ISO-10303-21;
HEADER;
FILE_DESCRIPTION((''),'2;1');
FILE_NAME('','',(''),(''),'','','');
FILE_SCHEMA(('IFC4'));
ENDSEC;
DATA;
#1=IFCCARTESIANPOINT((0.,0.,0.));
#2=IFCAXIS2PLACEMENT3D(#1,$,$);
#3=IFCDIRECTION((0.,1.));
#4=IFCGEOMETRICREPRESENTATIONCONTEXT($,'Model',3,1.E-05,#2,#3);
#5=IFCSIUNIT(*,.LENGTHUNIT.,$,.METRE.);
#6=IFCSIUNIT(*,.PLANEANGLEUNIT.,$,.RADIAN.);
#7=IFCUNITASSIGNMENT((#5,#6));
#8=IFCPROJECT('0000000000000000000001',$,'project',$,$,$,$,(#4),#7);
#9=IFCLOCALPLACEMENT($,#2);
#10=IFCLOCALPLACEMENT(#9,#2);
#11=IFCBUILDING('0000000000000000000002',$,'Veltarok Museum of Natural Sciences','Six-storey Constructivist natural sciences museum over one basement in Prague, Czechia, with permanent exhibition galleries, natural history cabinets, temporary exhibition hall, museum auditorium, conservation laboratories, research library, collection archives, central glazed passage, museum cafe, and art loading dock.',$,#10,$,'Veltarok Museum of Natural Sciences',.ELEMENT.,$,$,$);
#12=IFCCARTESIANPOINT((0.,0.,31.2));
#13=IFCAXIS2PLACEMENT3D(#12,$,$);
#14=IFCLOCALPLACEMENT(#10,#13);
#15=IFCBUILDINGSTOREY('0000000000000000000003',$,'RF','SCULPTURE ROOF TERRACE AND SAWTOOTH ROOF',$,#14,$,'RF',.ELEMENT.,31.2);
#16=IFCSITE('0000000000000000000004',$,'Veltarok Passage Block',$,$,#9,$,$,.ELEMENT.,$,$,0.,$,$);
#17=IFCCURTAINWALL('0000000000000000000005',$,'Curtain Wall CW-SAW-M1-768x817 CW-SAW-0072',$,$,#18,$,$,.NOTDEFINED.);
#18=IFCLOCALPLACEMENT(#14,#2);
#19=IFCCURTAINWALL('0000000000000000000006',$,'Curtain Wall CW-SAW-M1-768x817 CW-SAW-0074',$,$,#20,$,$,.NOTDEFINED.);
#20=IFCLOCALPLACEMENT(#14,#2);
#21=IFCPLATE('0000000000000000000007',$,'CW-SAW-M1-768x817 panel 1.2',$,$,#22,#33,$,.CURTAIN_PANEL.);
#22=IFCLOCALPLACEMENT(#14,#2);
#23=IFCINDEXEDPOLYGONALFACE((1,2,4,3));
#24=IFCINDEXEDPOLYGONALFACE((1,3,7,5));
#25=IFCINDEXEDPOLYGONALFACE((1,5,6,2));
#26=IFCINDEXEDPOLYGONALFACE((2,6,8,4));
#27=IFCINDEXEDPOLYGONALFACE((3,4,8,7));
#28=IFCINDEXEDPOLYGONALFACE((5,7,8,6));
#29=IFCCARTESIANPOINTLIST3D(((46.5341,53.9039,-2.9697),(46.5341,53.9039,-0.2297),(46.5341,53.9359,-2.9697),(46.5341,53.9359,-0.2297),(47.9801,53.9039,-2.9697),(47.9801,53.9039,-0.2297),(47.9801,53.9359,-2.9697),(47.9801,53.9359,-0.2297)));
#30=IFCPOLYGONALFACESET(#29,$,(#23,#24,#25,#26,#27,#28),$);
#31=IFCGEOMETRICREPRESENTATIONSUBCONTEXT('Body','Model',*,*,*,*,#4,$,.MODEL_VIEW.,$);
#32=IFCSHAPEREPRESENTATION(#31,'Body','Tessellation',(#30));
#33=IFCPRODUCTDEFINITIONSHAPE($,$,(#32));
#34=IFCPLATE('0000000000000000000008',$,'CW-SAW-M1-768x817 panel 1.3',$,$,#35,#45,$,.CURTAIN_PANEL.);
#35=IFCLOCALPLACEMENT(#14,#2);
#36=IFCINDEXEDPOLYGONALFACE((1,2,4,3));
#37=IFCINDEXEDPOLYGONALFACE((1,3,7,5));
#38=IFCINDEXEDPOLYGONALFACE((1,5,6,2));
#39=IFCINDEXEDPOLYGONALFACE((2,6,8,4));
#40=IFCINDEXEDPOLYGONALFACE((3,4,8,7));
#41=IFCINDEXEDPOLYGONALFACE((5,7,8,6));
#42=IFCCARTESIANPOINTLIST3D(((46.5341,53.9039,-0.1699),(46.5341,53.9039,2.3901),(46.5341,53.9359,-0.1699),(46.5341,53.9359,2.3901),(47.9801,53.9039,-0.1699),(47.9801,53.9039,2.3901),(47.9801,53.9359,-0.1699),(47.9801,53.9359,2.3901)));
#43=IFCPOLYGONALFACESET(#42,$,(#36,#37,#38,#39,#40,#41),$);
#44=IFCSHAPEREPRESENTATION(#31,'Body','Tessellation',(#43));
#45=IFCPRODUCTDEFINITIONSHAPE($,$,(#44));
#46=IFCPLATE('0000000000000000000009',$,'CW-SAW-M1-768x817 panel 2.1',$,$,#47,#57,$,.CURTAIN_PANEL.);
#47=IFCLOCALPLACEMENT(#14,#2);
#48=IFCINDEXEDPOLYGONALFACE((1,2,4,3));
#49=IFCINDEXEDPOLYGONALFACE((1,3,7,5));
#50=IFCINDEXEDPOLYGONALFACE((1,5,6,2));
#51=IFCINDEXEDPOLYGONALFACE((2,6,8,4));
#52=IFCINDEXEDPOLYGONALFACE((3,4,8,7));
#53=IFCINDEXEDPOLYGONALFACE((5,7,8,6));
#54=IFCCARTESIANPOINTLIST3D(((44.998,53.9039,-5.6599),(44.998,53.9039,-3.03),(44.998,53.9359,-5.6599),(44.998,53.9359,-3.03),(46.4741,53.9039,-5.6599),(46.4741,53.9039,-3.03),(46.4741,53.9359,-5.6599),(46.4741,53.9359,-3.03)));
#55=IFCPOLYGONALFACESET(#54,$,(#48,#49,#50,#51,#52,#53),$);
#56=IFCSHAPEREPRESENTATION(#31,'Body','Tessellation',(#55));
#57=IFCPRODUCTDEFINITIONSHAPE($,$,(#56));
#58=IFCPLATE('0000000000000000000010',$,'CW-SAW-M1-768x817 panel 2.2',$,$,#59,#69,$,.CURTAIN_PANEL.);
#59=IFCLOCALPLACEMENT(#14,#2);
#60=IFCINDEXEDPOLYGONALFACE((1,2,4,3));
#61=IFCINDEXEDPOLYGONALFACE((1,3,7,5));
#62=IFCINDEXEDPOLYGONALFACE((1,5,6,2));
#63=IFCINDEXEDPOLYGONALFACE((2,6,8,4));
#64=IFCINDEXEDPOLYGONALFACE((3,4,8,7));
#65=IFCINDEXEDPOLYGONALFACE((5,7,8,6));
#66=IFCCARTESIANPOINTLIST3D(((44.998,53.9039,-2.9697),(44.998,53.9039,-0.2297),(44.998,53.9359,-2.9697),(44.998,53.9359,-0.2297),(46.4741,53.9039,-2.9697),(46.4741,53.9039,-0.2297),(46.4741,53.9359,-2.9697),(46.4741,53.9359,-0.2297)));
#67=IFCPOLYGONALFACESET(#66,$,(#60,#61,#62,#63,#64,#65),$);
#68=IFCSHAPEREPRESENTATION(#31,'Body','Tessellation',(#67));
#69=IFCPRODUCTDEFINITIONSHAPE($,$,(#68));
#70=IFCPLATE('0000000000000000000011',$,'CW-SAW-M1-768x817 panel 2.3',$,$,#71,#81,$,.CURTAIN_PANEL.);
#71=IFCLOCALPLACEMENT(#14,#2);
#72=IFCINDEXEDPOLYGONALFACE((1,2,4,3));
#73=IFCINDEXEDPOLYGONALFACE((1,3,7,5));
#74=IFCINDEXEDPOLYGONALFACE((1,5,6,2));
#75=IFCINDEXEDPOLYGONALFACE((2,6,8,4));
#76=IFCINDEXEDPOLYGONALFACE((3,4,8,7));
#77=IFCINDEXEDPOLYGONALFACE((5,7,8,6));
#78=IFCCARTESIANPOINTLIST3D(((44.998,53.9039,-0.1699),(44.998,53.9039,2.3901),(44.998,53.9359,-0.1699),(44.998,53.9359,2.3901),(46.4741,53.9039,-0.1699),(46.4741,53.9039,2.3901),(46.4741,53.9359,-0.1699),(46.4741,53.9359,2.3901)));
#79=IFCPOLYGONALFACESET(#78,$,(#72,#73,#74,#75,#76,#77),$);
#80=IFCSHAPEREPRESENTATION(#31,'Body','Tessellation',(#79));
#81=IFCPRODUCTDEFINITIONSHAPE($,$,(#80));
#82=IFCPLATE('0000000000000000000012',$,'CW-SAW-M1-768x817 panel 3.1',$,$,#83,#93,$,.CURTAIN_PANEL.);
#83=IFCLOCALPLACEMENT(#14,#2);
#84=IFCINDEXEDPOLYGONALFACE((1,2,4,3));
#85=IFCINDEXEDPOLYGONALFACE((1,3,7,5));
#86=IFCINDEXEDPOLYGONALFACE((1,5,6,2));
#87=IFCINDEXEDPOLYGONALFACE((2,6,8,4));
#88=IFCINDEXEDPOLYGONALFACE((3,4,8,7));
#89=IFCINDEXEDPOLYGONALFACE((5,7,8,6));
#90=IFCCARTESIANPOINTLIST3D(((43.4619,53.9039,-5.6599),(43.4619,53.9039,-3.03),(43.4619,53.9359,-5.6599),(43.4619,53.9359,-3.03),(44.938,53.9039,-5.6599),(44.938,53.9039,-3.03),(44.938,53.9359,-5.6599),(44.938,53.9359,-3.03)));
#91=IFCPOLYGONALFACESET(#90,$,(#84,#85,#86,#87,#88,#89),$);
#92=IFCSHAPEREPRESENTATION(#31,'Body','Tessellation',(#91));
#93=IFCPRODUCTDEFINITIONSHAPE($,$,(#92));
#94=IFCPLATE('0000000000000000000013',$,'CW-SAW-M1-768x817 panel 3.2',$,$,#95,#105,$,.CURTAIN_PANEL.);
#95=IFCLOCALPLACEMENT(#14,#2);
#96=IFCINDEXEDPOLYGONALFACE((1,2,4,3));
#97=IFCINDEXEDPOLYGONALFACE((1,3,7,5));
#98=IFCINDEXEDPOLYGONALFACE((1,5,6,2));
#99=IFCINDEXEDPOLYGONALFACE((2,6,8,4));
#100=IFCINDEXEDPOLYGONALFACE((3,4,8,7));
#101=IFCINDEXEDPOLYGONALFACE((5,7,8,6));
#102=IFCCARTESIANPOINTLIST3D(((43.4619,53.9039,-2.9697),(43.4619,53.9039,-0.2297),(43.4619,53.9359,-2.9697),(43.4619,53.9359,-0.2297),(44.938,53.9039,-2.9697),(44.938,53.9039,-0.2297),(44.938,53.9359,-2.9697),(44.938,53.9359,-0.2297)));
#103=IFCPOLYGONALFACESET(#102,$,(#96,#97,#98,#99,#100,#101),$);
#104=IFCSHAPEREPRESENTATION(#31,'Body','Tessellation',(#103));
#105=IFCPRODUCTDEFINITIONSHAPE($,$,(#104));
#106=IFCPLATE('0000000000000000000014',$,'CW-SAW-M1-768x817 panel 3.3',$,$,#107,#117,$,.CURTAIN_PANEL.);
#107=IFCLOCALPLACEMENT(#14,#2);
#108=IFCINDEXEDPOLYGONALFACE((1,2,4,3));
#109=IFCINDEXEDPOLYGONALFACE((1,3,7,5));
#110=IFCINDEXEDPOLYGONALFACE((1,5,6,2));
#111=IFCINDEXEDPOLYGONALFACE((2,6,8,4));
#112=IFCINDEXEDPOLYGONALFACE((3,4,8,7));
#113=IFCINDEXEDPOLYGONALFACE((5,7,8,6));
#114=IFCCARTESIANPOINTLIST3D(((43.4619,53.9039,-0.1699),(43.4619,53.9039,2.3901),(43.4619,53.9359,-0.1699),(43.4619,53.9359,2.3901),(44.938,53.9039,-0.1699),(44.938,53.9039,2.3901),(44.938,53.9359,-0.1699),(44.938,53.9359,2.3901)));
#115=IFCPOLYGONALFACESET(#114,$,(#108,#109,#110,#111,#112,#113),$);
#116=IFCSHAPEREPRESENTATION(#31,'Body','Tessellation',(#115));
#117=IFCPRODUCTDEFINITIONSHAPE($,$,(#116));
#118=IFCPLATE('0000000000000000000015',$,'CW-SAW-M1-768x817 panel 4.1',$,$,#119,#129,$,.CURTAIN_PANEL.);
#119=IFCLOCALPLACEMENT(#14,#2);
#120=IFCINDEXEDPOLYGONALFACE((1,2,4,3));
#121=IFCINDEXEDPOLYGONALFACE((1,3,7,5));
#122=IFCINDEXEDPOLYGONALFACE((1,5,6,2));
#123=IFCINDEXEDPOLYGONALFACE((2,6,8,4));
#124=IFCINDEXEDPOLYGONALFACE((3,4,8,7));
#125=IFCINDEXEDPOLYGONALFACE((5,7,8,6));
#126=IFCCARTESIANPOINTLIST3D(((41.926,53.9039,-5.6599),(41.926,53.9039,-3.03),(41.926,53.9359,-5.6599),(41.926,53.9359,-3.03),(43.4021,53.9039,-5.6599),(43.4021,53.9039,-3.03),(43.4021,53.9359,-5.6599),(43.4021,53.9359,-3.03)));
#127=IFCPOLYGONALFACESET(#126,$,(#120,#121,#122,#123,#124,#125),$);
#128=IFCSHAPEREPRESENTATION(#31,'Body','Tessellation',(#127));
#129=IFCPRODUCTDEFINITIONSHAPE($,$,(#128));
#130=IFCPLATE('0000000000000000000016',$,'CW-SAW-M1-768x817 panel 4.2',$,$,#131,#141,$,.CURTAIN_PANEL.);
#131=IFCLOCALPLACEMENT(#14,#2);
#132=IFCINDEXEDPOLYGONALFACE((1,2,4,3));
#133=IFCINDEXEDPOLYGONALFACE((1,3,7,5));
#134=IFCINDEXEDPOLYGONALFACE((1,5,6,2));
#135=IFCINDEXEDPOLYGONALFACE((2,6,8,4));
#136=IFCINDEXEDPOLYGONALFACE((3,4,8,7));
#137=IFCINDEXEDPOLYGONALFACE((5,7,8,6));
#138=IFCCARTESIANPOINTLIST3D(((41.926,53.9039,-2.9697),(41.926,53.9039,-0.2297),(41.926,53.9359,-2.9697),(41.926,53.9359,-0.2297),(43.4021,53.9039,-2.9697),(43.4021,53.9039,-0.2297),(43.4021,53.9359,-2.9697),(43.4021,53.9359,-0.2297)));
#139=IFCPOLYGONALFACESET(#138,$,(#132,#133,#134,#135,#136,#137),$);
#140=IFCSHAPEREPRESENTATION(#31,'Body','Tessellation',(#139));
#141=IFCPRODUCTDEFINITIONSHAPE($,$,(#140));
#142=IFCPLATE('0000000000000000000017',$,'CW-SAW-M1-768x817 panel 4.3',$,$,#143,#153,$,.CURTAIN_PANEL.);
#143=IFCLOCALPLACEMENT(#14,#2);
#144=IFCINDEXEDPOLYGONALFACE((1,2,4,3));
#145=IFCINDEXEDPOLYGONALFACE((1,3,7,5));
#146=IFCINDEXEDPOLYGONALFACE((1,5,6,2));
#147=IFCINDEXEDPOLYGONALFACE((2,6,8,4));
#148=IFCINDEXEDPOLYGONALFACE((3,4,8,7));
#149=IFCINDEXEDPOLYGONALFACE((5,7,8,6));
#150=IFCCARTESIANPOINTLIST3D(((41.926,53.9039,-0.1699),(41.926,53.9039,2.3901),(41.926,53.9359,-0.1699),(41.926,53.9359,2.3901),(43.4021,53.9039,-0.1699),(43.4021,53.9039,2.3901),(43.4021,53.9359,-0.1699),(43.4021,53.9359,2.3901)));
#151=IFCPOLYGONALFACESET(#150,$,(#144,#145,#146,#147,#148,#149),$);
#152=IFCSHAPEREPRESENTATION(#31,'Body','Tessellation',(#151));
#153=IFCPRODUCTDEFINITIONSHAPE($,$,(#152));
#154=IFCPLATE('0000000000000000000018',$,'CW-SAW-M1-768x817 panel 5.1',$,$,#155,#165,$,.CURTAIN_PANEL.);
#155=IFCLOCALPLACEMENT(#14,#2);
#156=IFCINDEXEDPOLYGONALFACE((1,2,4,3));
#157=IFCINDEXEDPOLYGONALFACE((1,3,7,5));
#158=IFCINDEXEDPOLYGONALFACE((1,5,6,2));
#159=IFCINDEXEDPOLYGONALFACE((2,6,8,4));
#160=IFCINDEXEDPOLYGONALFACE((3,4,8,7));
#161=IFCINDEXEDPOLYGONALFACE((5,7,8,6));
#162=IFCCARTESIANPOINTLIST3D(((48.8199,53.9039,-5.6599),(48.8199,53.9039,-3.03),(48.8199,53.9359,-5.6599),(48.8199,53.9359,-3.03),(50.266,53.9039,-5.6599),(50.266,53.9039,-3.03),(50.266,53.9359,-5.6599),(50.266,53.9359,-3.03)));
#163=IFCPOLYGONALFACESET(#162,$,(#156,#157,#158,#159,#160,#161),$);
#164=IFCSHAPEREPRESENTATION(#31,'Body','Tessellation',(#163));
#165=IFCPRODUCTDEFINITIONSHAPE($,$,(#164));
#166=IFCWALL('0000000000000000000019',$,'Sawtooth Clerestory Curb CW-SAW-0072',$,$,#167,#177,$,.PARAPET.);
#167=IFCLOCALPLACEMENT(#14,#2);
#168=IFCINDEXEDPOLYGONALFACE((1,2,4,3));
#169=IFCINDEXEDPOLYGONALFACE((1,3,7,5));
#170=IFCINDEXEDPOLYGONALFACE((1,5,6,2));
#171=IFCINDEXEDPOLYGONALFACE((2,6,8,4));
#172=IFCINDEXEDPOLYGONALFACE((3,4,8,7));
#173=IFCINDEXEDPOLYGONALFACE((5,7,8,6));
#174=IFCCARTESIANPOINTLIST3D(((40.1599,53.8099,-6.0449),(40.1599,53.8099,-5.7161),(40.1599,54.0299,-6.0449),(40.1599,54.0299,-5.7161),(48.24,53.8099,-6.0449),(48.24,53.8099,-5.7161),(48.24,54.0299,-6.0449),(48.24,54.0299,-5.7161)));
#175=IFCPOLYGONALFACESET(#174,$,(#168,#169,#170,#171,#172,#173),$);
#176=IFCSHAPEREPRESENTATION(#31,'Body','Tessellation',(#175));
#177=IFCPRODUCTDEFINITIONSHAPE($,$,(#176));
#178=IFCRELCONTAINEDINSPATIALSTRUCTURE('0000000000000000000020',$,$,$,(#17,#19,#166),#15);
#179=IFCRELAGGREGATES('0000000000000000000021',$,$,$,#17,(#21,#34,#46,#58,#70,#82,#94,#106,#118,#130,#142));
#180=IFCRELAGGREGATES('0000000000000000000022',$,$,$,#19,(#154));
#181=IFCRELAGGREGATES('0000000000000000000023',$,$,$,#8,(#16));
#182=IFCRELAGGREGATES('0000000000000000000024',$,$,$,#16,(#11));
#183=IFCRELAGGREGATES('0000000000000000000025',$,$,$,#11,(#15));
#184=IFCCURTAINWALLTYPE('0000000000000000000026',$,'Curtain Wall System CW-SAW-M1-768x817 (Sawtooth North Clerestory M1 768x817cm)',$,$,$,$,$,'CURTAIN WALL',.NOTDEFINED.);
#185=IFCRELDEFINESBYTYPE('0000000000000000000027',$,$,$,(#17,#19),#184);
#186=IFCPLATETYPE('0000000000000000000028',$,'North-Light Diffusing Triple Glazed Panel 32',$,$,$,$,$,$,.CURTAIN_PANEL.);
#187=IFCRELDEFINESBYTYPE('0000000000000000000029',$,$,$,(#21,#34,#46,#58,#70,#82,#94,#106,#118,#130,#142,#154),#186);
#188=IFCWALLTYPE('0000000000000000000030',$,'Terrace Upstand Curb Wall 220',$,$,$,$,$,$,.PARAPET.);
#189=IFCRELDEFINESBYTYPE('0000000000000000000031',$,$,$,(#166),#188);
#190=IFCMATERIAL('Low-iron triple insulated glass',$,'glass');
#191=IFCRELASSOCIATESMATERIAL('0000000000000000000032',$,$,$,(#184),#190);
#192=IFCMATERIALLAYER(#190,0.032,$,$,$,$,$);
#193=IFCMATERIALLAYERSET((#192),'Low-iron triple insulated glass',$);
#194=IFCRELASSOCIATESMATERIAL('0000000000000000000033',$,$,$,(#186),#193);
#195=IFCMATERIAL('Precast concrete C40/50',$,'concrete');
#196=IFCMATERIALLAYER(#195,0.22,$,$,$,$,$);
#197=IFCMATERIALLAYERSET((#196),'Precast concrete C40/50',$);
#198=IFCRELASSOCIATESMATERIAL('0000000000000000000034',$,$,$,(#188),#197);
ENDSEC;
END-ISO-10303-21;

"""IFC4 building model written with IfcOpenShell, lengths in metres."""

from ifc_helpers import new_model, si_unit, direction, frame, frame_2d, origin, origin_2d, place, context, subcontext, project, spatial, rectangle, extrude, material, layer, layer_set, type_object, element, aggregate, save


model = new_model("IFC4")

# Units and contexts
model_context = context("Model", 3, precision=1e-05, world=origin(), true_north=direction((0.0, 1.0)))
body_context = subcontext(model_context, "Body", "Model", "MODEL_VIEW")
ifc_project = project(units=[si_unit("LENGTHUNIT", "METRE"), si_unit("PLANEANGLEUNIT", "RADIAN")], contexts=[model_context])

# Site, building, storey
site_placement = place(None, origin())
site = spatial("IfcSite", under=ifc_project, at=site_placement, Name="Veltarok Passage Block", CompositionType="ELEMENT", RefElevation=0.0)
building_placement = place(site_placement, origin())
building = spatial("IfcBuilding", under=site, at=building_placement, Name="Veltarok Museum of Natural Sciences", Description="Six-storey Constructivist natural sciences museum over one basement in Prague, Czechia, with permanent exhibition galleries, natural history cabinets, temporary exhibition hall, museum auditorium, conservation laboratories, research library, collection archives, central glazed passage, museum cafe, and art loading dock.", LongName="Veltarok Museum of Natural Sciences", CompositionType="ELEMENT")
storey_placement = place(building_placement, frame((0.0, 0.0, 31.2)))
storey = spatial("IfcBuildingStorey", under=building, at=storey_placement, Name="RF", Description="SCULPTURE ROOF TERRACE AND SAWTOOTH ROOF", LongName="RF", CompositionType="ELEMENT", Elevation=31.2)

# Curtain wall
ifc_material_1 = material(Name="Low-iron triple insulated glass", Category="glass")
curtain_wall_type = type_object("IfcCurtainWallType", Name="Curtain Wall System CW-SAW-M1-768x817 (Sawtooth North Clerestory M1 768x817cm)", ElementType="CURTAIN WALL", PredefinedType="NOTDEFINED", material=ifc_material_1)
curtain_wall_1_placement = place(storey_placement, origin())
curtain_wall_1 = element("IfcCurtainWall", 1, at=curtain_wall_1_placement, inside=storey, type_object=curtain_wall_type, Name="Curtain Wall CW-SAW-M1-768x817 CW-SAW-0072", PredefinedType="NOTDEFINED")

# Curtain wall
curtain_wall_2_placement = place(storey_placement, origin())
curtain_wall_2 = element("IfcCurtainWall", 2, at=curtain_wall_2_placement, inside=storey, type_object=curtain_wall_type, Name="Curtain Wall CW-SAW-M1-768x817 CW-SAW-0074", PredefinedType="NOTDEFINED")

# Plates
ifc_layer_1 = layer(ifc_material_1, 0.032)
ifc_layer_set_1 = layer_set([ifc_layer_1], Name="Low-iron triple insulated glass")
plate_type = type_object("IfcPlateType", Name="North-Light Diffusing Triple Glazed Panel 32", PredefinedType="CURTAIN_PANEL", material=ifc_layer_set_1)
plate_1_placement = place(storey_placement, frame((47.2571, 53.9199, -2.9697), z_axis=(0.0, 0.0, 1.0), x_axis=(-1.0, 0.0, 0.0)))
plate_1 = element("IfcPlate", 3, at=plate_1_placement, type_object=plate_type, Name="CW-SAW-M1-768x817 panel 1.2", PredefinedType="CURTAIN_PANEL", context=body_context, shape_type="SweptSolid", body=[
    extrude(rectangle(XDim=1.446, YDim=0.032, at=origin_2d()), origin(), (0.0, 0.0, 1.0), 2.74),
])
plate_2_placement = place(storey_placement, frame((47.2571, 53.9199, -0.1699), z_axis=(0.0, 0.0, 1.0), x_axis=(-1.0, 0.0, 0.0)))
plate_2 = element("IfcPlate", 4, at=plate_2_placement, type_object=plate_type, Name="CW-SAW-M1-768x817 panel 1.3", PredefinedType="CURTAIN_PANEL", context=body_context, shape_type="SweptSolid", body=[
    extrude(rectangle(XDim=1.446, YDim=0.032, at=origin_2d()), origin(), (0.0, 0.0, 1.0), 2.5601),
])
plate_3_placement = place(storey_placement, frame((45.7361, 53.9199, -5.6599), z_axis=(0.0, 0.0, 1.0), x_axis=(-1.0, 0.0, 0.0)))
plate_3 = element("IfcPlate", 5, at=plate_3_placement, type_object=plate_type, Name="CW-SAW-M1-768x817 panel 2.1", PredefinedType="CURTAIN_PANEL", context=body_context, shape_type="SweptSolid", body=[
    extrude(rectangle(XDim=1.4761, YDim=0.032, at=origin_2d()), origin(), (0.0, 0.0, 1.0), 2.6299),
])
plate_4_placement = place(storey_placement, frame((45.7361, 53.9199, -2.9697), z_axis=(0.0, 0.0, 1.0), x_axis=(-1.0, 0.0, 0.0)))
plate_4 = element("IfcPlate", 6, at=plate_4_placement, type_object=plate_type, Name="CW-SAW-M1-768x817 panel 2.2", PredefinedType="CURTAIN_PANEL", context=body_context, shape_type="SweptSolid", body=[
    extrude(rectangle(XDim=1.4761, YDim=0.032, at=origin_2d()), origin(), (0.0, 0.0, 1.0), 2.74),
])
plate_5_placement = place(storey_placement, frame((45.7361, 53.9199, -0.1699), z_axis=(0.0, 0.0, 1.0), x_axis=(-1.0, 0.0, 0.0)))
plate_5 = element("IfcPlate", 7, at=plate_5_placement, type_object=plate_type, Name="CW-SAW-M1-768x817 panel 2.3", PredefinedType="CURTAIN_PANEL", context=body_context, shape_type="SweptSolid", body=[
    extrude(rectangle(XDim=1.4761, YDim=0.032, at=origin_2d()), origin(), (0.0, 0.0, 1.0), 2.5601),
])
plate_6_placement = place(storey_placement, frame((44.2, 53.9199, -5.6599), z_axis=(0.0, 0.0, 1.0), x_axis=(-1.0, 0.0, 0.0)))
plate_6 = element("IfcPlate", 8, at=plate_6_placement, type_object=plate_type, Name="CW-SAW-M1-768x817 panel 3.1", PredefinedType="CURTAIN_PANEL", context=body_context, shape_type="SweptSolid", body=[
    extrude(rectangle(XDim=1.4761, YDim=0.032, at=origin_2d()), origin(), (0.0, 0.0, 1.0), 2.6299),
])
plate_7_placement = place(storey_placement, frame((44.2, 53.9199, -2.9697), z_axis=(0.0, 0.0, 1.0), x_axis=(-1.0, 0.0, 0.0)))
plate_7 = element("IfcPlate", 9, at=plate_7_placement, type_object=plate_type, Name="CW-SAW-M1-768x817 panel 3.2", PredefinedType="CURTAIN_PANEL", context=body_context, shape_type="SweptSolid", body=[
    extrude(rectangle(XDim=1.4761, YDim=0.032, at=origin_2d()), origin(), (0.0, 0.0, 1.0), 2.74),
])
plate_8_placement = place(storey_placement, frame((44.2, 53.9199, -0.1699), z_axis=(0.0, 0.0, 1.0), x_axis=(-1.0, 0.0, 0.0)))
plate_8 = element("IfcPlate", 10, at=plate_8_placement, type_object=plate_type, Name="CW-SAW-M1-768x817 panel 3.3", PredefinedType="CURTAIN_PANEL", context=body_context, shape_type="SweptSolid", body=[
    extrude(rectangle(XDim=1.4761, YDim=0.032, at=origin_2d()), origin(), (0.0, 0.0, 1.0), 2.5601),
])
plate_9_placement = place(storey_placement, frame((42.6641, 53.9199, -5.6599), z_axis=(0.0, 0.0, 1.0), x_axis=(-1.0, 0.0, 0.0)))
plate_9 = element("IfcPlate", 11, at=plate_9_placement, type_object=plate_type, Name="CW-SAW-M1-768x817 panel 4.1", PredefinedType="CURTAIN_PANEL", context=body_context, shape_type="SweptSolid", body=[
    extrude(rectangle(XDim=1.4761, YDim=0.032, at=origin_2d()), origin(), (0.0, 0.0, 1.0), 2.6299),
])
plate_10_placement = place(storey_placement, frame((42.6641, 53.9199, -2.9697), z_axis=(0.0, 0.0, 1.0), x_axis=(-1.0, 0.0, 0.0)))
plate_10 = element("IfcPlate", 12, at=plate_10_placement, type_object=plate_type, Name="CW-SAW-M1-768x817 panel 4.2", PredefinedType="CURTAIN_PANEL", context=body_context, shape_type="SweptSolid", body=[
    extrude(rectangle(XDim=1.4761, YDim=0.032, at=origin_2d()), origin(), (0.0, 0.0, 1.0), 2.74),
])
plate_11_placement = place(storey_placement, frame((42.6641, 53.9199, -0.1699), z_axis=(0.0, 0.0, 1.0), x_axis=(-1.0, 0.0, 0.0)))
plate_11 = element("IfcPlate", 13, at=plate_11_placement, type_object=plate_type, Name="CW-SAW-M1-768x817 panel 4.3", PredefinedType="CURTAIN_PANEL", context=body_context, shape_type="SweptSolid", body=[
    extrude(rectangle(XDim=1.4761, YDim=0.032, at=origin_2d()), origin(), (0.0, 0.0, 1.0), 2.5601),
])
aggregate(curtain_wall_1, [plate_1, plate_2, plate_3, plate_4, plate_5, plate_6, plate_7, plate_8, plate_9, plate_10, plate_11])
plate_12_placement = place(storey_placement, frame((49.543, 53.9199, -5.6599), z_axis=(0.0, 0.0, 1.0), x_axis=(-1.0, 0.0, 0.0)))
plate_12 = element("IfcPlate", 14, at=plate_12_placement, type_object=plate_type, Name="CW-SAW-M1-768x817 panel 5.1", PredefinedType="CURTAIN_PANEL", context=body_context, shape_type="SweptSolid", body=[
    extrude(rectangle(XDim=1.446, YDim=0.032, at=origin_2d()), origin(), (0.0, 0.0, 1.0), 2.6299),
])
aggregate(curtain_wall_2, [plate_12])

# Wall
ifc_material_2 = material(Name="Precast concrete C40/50", Category="concrete")
ifc_layer_2 = layer(ifc_material_2, 0.22)
ifc_layer_set_2 = layer_set([ifc_layer_2], Name="Precast concrete C40/50")
wall_type = type_object("IfcWallType", Name="Terrace Upstand Curb Wall 220", PredefinedType="PARAPET", material=ifc_layer_set_2)
wall_placement = place(storey_placement, frame((48.24, 53.9199, -6.0449), z_axis=(0.0, 0.0, 1.0), x_axis=(-1.0, 0.0, 0.0)))
element("IfcWall", 15, at=wall_placement, inside=storey, type_object=wall_type, Name="Sawtooth Clerestory Curb CW-SAW-0072", PredefinedType="PARAPET", context=body_context, shape_type="SweptSolid", body=[
    extrude(rectangle(XDim=8.0801, YDim=0.22, at=frame_2d((4.04, 0.0))), origin(), (0.0, 0.0, 1.0), 0.3289),
])

save(model, "model.ifc")
